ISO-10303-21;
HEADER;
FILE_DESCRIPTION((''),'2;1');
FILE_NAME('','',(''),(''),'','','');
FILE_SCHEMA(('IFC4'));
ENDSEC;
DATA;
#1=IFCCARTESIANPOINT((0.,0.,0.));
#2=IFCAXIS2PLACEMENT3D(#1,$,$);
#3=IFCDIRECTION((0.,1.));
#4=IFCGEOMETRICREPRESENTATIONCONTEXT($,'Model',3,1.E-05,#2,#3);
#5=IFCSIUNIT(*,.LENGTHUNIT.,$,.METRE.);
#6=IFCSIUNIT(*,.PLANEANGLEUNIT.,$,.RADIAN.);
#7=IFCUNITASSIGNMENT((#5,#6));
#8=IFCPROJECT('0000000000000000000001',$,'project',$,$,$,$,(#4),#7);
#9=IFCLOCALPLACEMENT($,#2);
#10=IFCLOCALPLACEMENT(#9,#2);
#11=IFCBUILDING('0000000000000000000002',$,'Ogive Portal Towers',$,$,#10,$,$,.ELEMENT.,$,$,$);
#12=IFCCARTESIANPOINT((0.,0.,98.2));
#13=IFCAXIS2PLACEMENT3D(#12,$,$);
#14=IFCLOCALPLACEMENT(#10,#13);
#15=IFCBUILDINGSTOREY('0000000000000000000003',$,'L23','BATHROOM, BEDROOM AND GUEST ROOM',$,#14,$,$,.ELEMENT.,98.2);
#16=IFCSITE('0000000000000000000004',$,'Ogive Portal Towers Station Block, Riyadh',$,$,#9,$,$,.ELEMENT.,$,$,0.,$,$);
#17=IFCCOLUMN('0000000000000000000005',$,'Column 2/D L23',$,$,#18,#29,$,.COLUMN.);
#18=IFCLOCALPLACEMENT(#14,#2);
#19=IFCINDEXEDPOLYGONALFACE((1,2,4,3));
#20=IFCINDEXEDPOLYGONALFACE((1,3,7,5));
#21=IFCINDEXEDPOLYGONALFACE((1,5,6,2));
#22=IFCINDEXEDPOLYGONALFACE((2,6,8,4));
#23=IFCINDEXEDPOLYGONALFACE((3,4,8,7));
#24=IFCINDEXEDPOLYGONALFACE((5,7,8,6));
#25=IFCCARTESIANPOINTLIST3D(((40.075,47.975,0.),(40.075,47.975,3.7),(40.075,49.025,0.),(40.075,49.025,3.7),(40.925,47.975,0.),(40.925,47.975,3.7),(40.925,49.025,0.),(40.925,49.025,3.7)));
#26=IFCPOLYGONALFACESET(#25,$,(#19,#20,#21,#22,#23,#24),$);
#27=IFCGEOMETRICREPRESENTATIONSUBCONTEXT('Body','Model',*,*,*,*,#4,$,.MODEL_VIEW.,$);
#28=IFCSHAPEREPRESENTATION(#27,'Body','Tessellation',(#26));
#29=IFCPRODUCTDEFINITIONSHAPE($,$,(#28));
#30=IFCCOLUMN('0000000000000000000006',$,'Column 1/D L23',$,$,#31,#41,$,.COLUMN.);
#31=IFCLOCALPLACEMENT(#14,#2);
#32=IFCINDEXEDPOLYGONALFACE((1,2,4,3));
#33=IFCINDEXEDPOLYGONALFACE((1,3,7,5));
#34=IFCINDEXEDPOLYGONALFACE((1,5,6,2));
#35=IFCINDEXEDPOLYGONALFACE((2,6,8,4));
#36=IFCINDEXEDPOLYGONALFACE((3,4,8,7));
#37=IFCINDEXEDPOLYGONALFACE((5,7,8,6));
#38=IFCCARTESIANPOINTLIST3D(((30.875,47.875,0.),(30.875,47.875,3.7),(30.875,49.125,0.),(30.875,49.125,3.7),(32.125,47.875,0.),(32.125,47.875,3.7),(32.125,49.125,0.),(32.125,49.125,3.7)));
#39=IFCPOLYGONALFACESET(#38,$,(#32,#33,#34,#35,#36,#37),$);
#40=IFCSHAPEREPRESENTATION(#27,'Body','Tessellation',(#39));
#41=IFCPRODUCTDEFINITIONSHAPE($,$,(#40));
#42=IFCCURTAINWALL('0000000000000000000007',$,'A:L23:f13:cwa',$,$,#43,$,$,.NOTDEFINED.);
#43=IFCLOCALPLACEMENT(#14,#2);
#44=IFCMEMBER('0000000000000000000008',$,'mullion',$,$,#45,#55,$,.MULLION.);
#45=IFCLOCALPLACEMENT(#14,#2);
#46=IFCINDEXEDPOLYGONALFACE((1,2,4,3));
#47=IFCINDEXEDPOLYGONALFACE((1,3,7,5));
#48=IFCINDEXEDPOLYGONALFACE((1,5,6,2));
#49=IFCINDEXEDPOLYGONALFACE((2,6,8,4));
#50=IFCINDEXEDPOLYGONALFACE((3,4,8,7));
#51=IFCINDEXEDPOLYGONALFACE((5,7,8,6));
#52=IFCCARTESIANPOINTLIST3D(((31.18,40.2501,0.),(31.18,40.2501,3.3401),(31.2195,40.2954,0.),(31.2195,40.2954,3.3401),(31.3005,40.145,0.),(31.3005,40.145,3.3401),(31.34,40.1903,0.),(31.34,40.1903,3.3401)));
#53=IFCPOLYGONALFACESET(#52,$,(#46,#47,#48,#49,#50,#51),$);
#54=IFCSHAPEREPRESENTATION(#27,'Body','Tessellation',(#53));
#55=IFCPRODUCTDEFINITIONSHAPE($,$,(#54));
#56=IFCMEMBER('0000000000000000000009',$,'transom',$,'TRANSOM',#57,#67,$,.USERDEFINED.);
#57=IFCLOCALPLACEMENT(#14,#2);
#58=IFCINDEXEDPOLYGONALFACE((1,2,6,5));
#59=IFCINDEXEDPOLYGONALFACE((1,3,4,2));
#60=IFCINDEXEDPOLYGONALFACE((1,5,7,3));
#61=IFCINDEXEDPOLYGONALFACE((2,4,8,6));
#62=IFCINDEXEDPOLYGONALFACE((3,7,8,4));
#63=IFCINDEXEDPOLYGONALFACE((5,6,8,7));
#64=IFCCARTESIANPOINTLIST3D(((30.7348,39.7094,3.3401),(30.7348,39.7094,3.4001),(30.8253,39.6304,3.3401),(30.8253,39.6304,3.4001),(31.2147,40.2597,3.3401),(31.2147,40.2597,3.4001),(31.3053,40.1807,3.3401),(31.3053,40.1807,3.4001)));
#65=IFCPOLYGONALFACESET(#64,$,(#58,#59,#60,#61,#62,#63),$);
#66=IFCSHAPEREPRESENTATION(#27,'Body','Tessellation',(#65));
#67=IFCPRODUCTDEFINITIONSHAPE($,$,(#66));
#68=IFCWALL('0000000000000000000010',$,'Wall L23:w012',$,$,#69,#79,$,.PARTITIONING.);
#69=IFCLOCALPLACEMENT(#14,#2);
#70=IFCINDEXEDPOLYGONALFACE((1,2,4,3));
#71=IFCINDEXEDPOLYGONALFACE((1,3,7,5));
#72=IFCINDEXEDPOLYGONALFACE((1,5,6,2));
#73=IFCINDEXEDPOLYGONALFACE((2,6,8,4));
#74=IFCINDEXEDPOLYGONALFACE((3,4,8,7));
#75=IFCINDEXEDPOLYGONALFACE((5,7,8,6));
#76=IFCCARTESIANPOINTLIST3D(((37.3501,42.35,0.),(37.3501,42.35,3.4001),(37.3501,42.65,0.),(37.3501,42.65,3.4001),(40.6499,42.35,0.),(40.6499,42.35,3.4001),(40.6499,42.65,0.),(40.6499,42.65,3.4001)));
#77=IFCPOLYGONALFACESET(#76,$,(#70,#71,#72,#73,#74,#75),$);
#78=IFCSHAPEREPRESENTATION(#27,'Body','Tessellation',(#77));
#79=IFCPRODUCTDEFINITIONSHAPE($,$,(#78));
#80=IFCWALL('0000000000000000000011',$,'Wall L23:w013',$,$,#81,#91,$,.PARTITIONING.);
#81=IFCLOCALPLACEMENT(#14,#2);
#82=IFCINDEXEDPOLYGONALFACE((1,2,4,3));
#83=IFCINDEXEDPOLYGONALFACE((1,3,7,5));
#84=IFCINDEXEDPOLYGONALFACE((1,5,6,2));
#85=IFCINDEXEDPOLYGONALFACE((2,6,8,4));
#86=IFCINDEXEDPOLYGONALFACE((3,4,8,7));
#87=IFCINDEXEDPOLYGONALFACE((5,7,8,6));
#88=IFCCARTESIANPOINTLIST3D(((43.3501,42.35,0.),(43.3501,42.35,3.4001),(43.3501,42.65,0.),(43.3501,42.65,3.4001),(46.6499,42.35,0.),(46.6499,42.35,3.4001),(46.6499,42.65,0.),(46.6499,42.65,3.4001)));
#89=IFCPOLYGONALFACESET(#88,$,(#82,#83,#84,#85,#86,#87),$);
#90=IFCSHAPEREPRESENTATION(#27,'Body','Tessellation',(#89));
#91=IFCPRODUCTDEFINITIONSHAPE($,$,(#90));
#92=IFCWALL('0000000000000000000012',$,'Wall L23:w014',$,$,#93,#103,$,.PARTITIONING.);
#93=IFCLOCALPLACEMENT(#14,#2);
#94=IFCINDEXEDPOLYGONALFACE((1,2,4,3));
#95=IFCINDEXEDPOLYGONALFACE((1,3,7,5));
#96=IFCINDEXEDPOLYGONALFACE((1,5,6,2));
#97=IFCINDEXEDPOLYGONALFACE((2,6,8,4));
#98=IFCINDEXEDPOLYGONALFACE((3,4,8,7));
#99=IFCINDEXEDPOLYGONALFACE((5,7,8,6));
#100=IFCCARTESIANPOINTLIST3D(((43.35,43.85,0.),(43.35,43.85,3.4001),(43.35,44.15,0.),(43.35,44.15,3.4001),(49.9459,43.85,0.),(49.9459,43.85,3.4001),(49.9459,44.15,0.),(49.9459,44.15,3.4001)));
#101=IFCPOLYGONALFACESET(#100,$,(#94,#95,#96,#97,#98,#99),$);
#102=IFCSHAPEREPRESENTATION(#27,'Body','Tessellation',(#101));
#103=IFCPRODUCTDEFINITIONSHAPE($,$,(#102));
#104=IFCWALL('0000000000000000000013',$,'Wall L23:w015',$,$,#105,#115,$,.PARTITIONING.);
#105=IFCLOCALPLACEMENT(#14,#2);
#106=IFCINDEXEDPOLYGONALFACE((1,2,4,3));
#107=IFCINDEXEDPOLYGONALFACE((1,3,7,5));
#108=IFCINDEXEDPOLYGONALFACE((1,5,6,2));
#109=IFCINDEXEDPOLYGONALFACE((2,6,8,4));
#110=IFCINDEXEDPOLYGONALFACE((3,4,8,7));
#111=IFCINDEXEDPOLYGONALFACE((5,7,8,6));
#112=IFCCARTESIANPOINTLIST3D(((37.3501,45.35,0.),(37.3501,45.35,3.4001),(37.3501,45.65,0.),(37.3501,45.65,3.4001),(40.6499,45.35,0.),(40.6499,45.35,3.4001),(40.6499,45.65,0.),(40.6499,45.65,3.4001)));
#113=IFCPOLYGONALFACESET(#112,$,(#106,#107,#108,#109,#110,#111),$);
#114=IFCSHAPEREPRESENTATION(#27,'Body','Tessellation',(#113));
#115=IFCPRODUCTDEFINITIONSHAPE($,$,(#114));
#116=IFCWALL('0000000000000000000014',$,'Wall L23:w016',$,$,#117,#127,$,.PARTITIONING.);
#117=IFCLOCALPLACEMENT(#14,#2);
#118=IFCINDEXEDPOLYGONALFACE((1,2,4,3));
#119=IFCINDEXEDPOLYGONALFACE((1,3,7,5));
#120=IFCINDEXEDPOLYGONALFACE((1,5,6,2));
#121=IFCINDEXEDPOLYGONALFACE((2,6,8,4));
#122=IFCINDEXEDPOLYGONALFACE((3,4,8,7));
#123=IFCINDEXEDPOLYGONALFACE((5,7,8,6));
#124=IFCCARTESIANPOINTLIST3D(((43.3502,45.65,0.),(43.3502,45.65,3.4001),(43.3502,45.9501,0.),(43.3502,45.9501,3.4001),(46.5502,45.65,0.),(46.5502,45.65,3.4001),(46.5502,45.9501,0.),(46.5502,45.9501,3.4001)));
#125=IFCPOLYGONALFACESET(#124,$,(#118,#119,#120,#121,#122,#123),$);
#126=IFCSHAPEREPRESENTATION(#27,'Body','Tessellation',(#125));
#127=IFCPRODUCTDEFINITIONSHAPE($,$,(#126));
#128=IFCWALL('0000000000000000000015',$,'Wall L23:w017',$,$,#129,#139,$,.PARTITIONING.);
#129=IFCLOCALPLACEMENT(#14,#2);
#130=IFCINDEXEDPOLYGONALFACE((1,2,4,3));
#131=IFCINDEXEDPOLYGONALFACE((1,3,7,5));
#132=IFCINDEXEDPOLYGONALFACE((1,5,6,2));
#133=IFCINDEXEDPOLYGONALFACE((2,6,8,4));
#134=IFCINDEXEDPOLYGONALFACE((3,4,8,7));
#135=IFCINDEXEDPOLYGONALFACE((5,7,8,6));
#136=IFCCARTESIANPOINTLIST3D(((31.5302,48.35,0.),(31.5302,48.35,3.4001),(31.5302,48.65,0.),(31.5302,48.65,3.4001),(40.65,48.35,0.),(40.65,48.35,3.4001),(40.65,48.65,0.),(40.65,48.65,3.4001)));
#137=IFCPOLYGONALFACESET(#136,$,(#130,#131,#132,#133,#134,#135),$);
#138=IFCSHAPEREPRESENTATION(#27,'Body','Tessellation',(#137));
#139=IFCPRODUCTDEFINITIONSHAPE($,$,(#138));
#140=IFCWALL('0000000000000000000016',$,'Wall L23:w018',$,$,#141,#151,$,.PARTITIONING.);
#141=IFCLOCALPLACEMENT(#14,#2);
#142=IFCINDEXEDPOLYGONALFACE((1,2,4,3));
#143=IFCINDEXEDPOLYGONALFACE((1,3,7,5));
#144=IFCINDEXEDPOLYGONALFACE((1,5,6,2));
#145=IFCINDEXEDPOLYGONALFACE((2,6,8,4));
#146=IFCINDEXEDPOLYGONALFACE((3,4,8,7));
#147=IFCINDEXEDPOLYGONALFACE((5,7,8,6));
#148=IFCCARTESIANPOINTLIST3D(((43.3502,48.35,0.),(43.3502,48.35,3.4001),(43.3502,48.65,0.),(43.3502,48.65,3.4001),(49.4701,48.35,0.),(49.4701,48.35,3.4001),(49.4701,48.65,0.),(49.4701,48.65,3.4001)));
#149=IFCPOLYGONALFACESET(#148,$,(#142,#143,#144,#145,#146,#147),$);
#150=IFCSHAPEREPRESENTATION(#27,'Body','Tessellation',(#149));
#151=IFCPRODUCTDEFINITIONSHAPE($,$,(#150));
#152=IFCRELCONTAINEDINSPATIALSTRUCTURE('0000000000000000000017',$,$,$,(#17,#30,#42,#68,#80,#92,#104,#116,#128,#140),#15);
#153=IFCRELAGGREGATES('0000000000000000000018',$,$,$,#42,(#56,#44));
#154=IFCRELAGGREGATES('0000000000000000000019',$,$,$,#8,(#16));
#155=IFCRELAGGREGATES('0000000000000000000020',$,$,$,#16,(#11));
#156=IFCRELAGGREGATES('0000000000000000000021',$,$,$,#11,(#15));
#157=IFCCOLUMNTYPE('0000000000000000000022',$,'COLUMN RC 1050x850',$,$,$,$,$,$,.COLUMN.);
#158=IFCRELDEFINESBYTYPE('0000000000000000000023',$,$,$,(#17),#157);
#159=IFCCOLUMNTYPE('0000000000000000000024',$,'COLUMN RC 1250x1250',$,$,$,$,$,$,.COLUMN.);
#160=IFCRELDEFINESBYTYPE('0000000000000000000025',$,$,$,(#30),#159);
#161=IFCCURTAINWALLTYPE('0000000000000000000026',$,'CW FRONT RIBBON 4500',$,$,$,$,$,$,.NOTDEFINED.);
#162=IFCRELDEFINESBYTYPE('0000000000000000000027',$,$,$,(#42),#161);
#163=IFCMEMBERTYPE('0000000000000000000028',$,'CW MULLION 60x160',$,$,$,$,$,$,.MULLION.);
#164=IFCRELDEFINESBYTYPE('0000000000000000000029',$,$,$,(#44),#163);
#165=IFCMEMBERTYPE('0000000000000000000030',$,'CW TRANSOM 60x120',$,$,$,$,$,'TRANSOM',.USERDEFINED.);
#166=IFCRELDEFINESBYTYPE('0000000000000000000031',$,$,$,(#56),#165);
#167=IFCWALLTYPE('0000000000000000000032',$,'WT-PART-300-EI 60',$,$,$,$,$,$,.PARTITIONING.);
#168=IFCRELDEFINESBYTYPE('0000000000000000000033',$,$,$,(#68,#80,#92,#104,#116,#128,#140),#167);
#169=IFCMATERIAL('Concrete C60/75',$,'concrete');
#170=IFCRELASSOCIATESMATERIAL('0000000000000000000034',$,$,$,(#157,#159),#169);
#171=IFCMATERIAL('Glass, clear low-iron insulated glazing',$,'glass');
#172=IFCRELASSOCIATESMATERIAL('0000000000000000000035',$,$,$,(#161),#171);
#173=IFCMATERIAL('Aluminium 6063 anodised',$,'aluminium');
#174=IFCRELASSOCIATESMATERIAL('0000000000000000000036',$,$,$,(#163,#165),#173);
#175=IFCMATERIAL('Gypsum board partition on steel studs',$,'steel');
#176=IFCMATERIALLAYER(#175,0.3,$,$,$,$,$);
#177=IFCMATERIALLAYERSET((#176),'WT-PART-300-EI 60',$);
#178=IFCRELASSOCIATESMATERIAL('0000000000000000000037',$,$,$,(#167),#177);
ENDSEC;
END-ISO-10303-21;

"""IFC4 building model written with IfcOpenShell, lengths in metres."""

from ifc_helpers import new_model, si_unit, direction, frame, frame_2d, origin, origin_2d, place, context, subcontext, project, spatial, rectangle, extrude, material, layer, layer_set, material_profile, profile_set, type_object, element, aggregate, save


model = new_model("IFC4")

# Units and contexts
model_context = context("Model", 3, precision=1e-05, world=origin(), true_north=direction((0.0, 1.0)))
body_context = subcontext(model_context, "Body", "Model", "MODEL_VIEW")
ifc_project = project(units=[si_unit("LENGTHUNIT", "METRE"), si_unit("PLANEANGLEUNIT", "RADIAN")], contexts=[model_context])

# Site, building, storey
site_placement = place(None, origin())
site = spatial("IfcSite", under=ifc_project, at=site_placement, Name="Ogive Portal Towers Station Block, Riyadh", CompositionType="ELEMENT", RefElevation=0.0)
building_placement = place(site_placement, origin())
building = spatial("IfcBuilding", under=site, at=building_placement, Name="Ogive Portal Towers", CompositionType="ELEMENT")
storey_placement = place(building_placement, frame((0.0, 0.0, 98.2)))
storey = spatial("IfcBuildingStorey", under=building, at=storey_placement, Name="L23", Description="BATHROOM, BEDROOM AND GUEST ROOM", CompositionType="ELEMENT", Elevation=98.2)

# Columns
ifc_material_1 = material(Name="Concrete C60/75", Category="concrete")
ifc_material_profile_1 = material_profile(ifc_material_1, rectangle(XDim=1.05, YDim=0.8501, at=origin_2d()), Name="RC 1050x850")
ifc_profile_set_1 = profile_set([ifc_material_profile_1], Name="Concrete C60/75")
column_type_1 = type_object("IfcColumnType", Name="COLUMN RC 1050x850", PredefinedType="COLUMN", material=ifc_profile_set_1)
column_1_placement = place(storey_placement, frame((40.5, 48.5, 0.0), z_axis=(0.0, 0.0, 1.0), x_axis=(0.0, 1.0, 0.0)))
element("IfcColumn", 1, at=column_1_placement, inside=storey, type_object=column_type_1, Name="Column 2/D L23", PredefinedType="COLUMN", context=body_context, shape_type="SweptSolid", body=[
    extrude(rectangle(XDim=1.05, YDim=0.8501, at=origin_2d()), origin(), (0.0, 0.0, 1.0), 3.7),
])
ifc_material_profile_2 = material_profile(ifc_material_1, rectangle(XDim=1.25, YDim=1.25, at=origin_2d()), Name="RC 1250x1250")
ifc_profile_set_2 = profile_set([ifc_material_profile_2], Name="Concrete C60/75")
column_type_2 = type_object("IfcColumnType", Name="COLUMN RC 1250x1250", PredefinedType="COLUMN", material=ifc_profile_set_2)
column_2_placement = place(storey_placement, frame((31.5, 48.5, 0.0), z_axis=(0.0, 0.0, 1.0), x_axis=(1.0, 0.0, 0.0)))
element("IfcColumn", 2, at=column_2_placement, inside=storey, type_object=column_type_2, Name="Column 1/D L23", PredefinedType="COLUMN", context=body_context, shape_type="SweptSolid", body=[
    extrude(rectangle(XDim=1.25, YDim=1.25, at=origin_2d()), origin(), (0.0, 0.0, 1.0), 3.7),
])

# Curtain wall, members
ifc_material_2 = material(Name="Glass, clear low-iron insulated glazing", Category="glass")
curtain_wall_type = type_object("IfcCurtainWallType", Name="CW FRONT RIBBON 4500", PredefinedType="NOTDEFINED", material=ifc_material_2)
curtain_wall_placement = place(storey_placement, origin())
curtain_wall = element("IfcCurtainWall", 3, at=curtain_wall_placement, inside=storey, type_object=curtain_wall_type, Name="A:L23:f13:cwa", PredefinedType="NOTDEFINED")
ifc_material_3 = material(Name="Aluminium 6063 anodised", Category="aluminium")
ifc_material_profile_3 = material_profile(ifc_material_3, rectangle(XDim=0.1599, YDim=0.0601, at=origin_2d()), Name="AL 60x160")
ifc_profile_set_3 = profile_set([ifc_material_profile_3], Name="Aluminium 6063 anodised")
member_type_1 = type_object("IfcMemberType", Name="CW MULLION 60x160", PredefinedType="MULLION", material=ifc_profile_set_3)
member_1_placement = place(storey_placement, frame((31.26, 40.2202, 0.0), z_axis=(0.0, 0.0, 1.0), x_axis=(0.753599, -0.657335, 0.0)))
member_1 = element("IfcMember", 4, at=member_1_placement, type_object=member_type_1, Name="mullion", PredefinedType="MULLION", context=body_context, shape_type="SweptSolid", body=[
    extrude(rectangle(XDim=0.1599, YDim=0.0601, at=origin_2d()), origin(), (0.0, 0.0, 1.0), 3.3401),
])
ifc_material_profile_4 = material_profile(ifc_material_3, rectangle(XDim=0.1201, YDim=0.0601, at=origin_2d()), Name="AL 120x60")
ifc_profile_set_4 = profile_set([ifc_material_profile_4], Name="Aluminium 6063 anodised")
member_type_2 = type_object("IfcMemberType", Name="CW TRANSOM 60x120", ElementType="TRANSOM", PredefinedType="USERDEFINED", material=ifc_profile_set_4)
member_2_placement = place(storey_placement, frame((31.26, 40.2202, 3.3701), z_axis=(-0.65732, -0.753611, 0.0), x_axis=(0.753611, -0.65732, 0.0)))
member_2 = element("IfcMember", 5, at=member_2_placement, type_object=member_type_2, Name="transom", ObjectType="TRANSOM", PredefinedType="USERDEFINED", context=body_context, shape_type="SweptSolid", body=[
    extrude(rectangle(XDim=0.1201, YDim=0.0601, at=origin_2d()), origin(), (0.0, 0.0, 1.0), 0.7302),
])
aggregate(curtain_wall, [member_2, member_1])

# Walls
ifc_material_4 = material(Name="Gypsum board partition on steel studs", Category="steel")
ifc_layer_1 = layer(ifc_material_4, 0.3)
ifc_layer_set_1 = layer_set([ifc_layer_1], Name="WT-PART-300-EI 60")
wall_type = type_object("IfcWallType", Name="WT-PART-300-EI 60", PredefinedType="PARTITIONING", material=ifc_layer_set_1)
for number, where, z_axis, x_axis, name in (
    (6, (37.3501, 42.5, 0.0), (0.0, 0.0, 1.0), (1.0, 0.0, 0.0), "Wall L23:w012"),
    (7, (43.3501, 42.5, 0.0), (0.0, 0.0, 1.0), (1.0, 0.0, 0.0), "Wall L23:w013"),
):
    element("IfcWall", number, at=place(storey_placement, frame(where, z_axis=z_axis, x_axis=x_axis)), inside=storey, type_object=wall_type, Name=name, PredefinedType="PARTITIONING", context=body_context, shape_type="SweptSolid", body=[
        extrude(rectangle(XDim=3.2998, YDim=0.3, at=frame_2d((1.6499, 0.0))), origin(), (0.0, 0.0, 1.0), 3.4001),
    ])
wall_1_placement = place(storey_placement, frame((43.3501, 44.0, 0.0), z_axis=(0.0, 0.0, 1.0), x_axis=(1.0, 0.0, 0.0)))
element("IfcWall", 8, at=wall_1_placement, inside=storey, type_object=wall_type, Name="Wall L23:w014", PredefinedType="PARTITIONING", context=body_context, shape_type="SweptSolid", body=[
    extrude(rectangle(XDim=6.5959, YDim=0.3, at=frame_2d((3.2979, 0.0))), origin(), (0.0, 0.0, 1.0), 3.4001),
])
wall_2_placement = place(storey_placement, frame((37.3501, 45.5, 0.0), z_axis=(0.0, 0.0, 1.0), x_axis=(1.0, 0.0, 0.0)))
element("IfcWall", 9, at=wall_2_placement, inside=storey, type_object=wall_type, Name="Wall L23:w015", PredefinedType="PARTITIONING", context=body_context, shape_type="SweptSolid", body=[
    extrude(rectangle(XDim=3.2998, YDim=0.3, at=frame_2d((1.6499, 0.0))), origin(), (0.0, 0.0, 1.0), 3.4001),
])
wall_3_placement = place(storey_placement, frame((43.3501, 45.8, 0.0), z_axis=(0.0, 0.0, 1.0), x_axis=(1.0, 0.0, 0.0)))
element("IfcWall", 10, at=wall_3_placement, inside=storey, type_object=wall_type, Name="Wall L23:w016", PredefinedType="PARTITIONING", context=body_context, shape_type="SweptSolid", body=[
    extrude(rectangle(XDim=3.2, YDim=0.3, at=frame_2d((1.6001, 0.0))), origin(), (0.0, 0.0, 1.0), 3.4001),
])
wall_4_placement = place(storey_placement, frame((31.53, 48.5, 0.0), z_axis=(0.0, 0.0, 1.0), x_axis=(1.0, 0.0, 0.0)))
element("IfcWall", 11, at=wall_4_placement, inside=storey, type_object=wall_type, Name="Wall L23:w017", PredefinedType="PARTITIONING", context=body_context, shape_type="SweptSolid", body=[
    extrude(rectangle(XDim=9.1199, YDim=0.3, at=frame_2d((4.5601, 0.0))), origin(), (0.0, 0.0, 1.0), 3.4001),
])
wall_5_placement = place(storey_placement, frame((43.3501, 48.5, 0.0), z_axis=(0.0, 0.0, 1.0), x_axis=(1.0, 0.0, 0.0)))
element("IfcWall", 12, at=wall_5_placement, inside=storey, type_object=wall_type, Name="Wall L23:w018", PredefinedType="PARTITIONING", context=body_context, shape_type="SweptSolid", body=[
    extrude(rectangle(XDim=6.1199, YDim=0.3, at=frame_2d((3.0601, 0.0))), origin(), (0.0, 0.0, 1.0), 3.4001),
])

save(model, "model.ifc")
